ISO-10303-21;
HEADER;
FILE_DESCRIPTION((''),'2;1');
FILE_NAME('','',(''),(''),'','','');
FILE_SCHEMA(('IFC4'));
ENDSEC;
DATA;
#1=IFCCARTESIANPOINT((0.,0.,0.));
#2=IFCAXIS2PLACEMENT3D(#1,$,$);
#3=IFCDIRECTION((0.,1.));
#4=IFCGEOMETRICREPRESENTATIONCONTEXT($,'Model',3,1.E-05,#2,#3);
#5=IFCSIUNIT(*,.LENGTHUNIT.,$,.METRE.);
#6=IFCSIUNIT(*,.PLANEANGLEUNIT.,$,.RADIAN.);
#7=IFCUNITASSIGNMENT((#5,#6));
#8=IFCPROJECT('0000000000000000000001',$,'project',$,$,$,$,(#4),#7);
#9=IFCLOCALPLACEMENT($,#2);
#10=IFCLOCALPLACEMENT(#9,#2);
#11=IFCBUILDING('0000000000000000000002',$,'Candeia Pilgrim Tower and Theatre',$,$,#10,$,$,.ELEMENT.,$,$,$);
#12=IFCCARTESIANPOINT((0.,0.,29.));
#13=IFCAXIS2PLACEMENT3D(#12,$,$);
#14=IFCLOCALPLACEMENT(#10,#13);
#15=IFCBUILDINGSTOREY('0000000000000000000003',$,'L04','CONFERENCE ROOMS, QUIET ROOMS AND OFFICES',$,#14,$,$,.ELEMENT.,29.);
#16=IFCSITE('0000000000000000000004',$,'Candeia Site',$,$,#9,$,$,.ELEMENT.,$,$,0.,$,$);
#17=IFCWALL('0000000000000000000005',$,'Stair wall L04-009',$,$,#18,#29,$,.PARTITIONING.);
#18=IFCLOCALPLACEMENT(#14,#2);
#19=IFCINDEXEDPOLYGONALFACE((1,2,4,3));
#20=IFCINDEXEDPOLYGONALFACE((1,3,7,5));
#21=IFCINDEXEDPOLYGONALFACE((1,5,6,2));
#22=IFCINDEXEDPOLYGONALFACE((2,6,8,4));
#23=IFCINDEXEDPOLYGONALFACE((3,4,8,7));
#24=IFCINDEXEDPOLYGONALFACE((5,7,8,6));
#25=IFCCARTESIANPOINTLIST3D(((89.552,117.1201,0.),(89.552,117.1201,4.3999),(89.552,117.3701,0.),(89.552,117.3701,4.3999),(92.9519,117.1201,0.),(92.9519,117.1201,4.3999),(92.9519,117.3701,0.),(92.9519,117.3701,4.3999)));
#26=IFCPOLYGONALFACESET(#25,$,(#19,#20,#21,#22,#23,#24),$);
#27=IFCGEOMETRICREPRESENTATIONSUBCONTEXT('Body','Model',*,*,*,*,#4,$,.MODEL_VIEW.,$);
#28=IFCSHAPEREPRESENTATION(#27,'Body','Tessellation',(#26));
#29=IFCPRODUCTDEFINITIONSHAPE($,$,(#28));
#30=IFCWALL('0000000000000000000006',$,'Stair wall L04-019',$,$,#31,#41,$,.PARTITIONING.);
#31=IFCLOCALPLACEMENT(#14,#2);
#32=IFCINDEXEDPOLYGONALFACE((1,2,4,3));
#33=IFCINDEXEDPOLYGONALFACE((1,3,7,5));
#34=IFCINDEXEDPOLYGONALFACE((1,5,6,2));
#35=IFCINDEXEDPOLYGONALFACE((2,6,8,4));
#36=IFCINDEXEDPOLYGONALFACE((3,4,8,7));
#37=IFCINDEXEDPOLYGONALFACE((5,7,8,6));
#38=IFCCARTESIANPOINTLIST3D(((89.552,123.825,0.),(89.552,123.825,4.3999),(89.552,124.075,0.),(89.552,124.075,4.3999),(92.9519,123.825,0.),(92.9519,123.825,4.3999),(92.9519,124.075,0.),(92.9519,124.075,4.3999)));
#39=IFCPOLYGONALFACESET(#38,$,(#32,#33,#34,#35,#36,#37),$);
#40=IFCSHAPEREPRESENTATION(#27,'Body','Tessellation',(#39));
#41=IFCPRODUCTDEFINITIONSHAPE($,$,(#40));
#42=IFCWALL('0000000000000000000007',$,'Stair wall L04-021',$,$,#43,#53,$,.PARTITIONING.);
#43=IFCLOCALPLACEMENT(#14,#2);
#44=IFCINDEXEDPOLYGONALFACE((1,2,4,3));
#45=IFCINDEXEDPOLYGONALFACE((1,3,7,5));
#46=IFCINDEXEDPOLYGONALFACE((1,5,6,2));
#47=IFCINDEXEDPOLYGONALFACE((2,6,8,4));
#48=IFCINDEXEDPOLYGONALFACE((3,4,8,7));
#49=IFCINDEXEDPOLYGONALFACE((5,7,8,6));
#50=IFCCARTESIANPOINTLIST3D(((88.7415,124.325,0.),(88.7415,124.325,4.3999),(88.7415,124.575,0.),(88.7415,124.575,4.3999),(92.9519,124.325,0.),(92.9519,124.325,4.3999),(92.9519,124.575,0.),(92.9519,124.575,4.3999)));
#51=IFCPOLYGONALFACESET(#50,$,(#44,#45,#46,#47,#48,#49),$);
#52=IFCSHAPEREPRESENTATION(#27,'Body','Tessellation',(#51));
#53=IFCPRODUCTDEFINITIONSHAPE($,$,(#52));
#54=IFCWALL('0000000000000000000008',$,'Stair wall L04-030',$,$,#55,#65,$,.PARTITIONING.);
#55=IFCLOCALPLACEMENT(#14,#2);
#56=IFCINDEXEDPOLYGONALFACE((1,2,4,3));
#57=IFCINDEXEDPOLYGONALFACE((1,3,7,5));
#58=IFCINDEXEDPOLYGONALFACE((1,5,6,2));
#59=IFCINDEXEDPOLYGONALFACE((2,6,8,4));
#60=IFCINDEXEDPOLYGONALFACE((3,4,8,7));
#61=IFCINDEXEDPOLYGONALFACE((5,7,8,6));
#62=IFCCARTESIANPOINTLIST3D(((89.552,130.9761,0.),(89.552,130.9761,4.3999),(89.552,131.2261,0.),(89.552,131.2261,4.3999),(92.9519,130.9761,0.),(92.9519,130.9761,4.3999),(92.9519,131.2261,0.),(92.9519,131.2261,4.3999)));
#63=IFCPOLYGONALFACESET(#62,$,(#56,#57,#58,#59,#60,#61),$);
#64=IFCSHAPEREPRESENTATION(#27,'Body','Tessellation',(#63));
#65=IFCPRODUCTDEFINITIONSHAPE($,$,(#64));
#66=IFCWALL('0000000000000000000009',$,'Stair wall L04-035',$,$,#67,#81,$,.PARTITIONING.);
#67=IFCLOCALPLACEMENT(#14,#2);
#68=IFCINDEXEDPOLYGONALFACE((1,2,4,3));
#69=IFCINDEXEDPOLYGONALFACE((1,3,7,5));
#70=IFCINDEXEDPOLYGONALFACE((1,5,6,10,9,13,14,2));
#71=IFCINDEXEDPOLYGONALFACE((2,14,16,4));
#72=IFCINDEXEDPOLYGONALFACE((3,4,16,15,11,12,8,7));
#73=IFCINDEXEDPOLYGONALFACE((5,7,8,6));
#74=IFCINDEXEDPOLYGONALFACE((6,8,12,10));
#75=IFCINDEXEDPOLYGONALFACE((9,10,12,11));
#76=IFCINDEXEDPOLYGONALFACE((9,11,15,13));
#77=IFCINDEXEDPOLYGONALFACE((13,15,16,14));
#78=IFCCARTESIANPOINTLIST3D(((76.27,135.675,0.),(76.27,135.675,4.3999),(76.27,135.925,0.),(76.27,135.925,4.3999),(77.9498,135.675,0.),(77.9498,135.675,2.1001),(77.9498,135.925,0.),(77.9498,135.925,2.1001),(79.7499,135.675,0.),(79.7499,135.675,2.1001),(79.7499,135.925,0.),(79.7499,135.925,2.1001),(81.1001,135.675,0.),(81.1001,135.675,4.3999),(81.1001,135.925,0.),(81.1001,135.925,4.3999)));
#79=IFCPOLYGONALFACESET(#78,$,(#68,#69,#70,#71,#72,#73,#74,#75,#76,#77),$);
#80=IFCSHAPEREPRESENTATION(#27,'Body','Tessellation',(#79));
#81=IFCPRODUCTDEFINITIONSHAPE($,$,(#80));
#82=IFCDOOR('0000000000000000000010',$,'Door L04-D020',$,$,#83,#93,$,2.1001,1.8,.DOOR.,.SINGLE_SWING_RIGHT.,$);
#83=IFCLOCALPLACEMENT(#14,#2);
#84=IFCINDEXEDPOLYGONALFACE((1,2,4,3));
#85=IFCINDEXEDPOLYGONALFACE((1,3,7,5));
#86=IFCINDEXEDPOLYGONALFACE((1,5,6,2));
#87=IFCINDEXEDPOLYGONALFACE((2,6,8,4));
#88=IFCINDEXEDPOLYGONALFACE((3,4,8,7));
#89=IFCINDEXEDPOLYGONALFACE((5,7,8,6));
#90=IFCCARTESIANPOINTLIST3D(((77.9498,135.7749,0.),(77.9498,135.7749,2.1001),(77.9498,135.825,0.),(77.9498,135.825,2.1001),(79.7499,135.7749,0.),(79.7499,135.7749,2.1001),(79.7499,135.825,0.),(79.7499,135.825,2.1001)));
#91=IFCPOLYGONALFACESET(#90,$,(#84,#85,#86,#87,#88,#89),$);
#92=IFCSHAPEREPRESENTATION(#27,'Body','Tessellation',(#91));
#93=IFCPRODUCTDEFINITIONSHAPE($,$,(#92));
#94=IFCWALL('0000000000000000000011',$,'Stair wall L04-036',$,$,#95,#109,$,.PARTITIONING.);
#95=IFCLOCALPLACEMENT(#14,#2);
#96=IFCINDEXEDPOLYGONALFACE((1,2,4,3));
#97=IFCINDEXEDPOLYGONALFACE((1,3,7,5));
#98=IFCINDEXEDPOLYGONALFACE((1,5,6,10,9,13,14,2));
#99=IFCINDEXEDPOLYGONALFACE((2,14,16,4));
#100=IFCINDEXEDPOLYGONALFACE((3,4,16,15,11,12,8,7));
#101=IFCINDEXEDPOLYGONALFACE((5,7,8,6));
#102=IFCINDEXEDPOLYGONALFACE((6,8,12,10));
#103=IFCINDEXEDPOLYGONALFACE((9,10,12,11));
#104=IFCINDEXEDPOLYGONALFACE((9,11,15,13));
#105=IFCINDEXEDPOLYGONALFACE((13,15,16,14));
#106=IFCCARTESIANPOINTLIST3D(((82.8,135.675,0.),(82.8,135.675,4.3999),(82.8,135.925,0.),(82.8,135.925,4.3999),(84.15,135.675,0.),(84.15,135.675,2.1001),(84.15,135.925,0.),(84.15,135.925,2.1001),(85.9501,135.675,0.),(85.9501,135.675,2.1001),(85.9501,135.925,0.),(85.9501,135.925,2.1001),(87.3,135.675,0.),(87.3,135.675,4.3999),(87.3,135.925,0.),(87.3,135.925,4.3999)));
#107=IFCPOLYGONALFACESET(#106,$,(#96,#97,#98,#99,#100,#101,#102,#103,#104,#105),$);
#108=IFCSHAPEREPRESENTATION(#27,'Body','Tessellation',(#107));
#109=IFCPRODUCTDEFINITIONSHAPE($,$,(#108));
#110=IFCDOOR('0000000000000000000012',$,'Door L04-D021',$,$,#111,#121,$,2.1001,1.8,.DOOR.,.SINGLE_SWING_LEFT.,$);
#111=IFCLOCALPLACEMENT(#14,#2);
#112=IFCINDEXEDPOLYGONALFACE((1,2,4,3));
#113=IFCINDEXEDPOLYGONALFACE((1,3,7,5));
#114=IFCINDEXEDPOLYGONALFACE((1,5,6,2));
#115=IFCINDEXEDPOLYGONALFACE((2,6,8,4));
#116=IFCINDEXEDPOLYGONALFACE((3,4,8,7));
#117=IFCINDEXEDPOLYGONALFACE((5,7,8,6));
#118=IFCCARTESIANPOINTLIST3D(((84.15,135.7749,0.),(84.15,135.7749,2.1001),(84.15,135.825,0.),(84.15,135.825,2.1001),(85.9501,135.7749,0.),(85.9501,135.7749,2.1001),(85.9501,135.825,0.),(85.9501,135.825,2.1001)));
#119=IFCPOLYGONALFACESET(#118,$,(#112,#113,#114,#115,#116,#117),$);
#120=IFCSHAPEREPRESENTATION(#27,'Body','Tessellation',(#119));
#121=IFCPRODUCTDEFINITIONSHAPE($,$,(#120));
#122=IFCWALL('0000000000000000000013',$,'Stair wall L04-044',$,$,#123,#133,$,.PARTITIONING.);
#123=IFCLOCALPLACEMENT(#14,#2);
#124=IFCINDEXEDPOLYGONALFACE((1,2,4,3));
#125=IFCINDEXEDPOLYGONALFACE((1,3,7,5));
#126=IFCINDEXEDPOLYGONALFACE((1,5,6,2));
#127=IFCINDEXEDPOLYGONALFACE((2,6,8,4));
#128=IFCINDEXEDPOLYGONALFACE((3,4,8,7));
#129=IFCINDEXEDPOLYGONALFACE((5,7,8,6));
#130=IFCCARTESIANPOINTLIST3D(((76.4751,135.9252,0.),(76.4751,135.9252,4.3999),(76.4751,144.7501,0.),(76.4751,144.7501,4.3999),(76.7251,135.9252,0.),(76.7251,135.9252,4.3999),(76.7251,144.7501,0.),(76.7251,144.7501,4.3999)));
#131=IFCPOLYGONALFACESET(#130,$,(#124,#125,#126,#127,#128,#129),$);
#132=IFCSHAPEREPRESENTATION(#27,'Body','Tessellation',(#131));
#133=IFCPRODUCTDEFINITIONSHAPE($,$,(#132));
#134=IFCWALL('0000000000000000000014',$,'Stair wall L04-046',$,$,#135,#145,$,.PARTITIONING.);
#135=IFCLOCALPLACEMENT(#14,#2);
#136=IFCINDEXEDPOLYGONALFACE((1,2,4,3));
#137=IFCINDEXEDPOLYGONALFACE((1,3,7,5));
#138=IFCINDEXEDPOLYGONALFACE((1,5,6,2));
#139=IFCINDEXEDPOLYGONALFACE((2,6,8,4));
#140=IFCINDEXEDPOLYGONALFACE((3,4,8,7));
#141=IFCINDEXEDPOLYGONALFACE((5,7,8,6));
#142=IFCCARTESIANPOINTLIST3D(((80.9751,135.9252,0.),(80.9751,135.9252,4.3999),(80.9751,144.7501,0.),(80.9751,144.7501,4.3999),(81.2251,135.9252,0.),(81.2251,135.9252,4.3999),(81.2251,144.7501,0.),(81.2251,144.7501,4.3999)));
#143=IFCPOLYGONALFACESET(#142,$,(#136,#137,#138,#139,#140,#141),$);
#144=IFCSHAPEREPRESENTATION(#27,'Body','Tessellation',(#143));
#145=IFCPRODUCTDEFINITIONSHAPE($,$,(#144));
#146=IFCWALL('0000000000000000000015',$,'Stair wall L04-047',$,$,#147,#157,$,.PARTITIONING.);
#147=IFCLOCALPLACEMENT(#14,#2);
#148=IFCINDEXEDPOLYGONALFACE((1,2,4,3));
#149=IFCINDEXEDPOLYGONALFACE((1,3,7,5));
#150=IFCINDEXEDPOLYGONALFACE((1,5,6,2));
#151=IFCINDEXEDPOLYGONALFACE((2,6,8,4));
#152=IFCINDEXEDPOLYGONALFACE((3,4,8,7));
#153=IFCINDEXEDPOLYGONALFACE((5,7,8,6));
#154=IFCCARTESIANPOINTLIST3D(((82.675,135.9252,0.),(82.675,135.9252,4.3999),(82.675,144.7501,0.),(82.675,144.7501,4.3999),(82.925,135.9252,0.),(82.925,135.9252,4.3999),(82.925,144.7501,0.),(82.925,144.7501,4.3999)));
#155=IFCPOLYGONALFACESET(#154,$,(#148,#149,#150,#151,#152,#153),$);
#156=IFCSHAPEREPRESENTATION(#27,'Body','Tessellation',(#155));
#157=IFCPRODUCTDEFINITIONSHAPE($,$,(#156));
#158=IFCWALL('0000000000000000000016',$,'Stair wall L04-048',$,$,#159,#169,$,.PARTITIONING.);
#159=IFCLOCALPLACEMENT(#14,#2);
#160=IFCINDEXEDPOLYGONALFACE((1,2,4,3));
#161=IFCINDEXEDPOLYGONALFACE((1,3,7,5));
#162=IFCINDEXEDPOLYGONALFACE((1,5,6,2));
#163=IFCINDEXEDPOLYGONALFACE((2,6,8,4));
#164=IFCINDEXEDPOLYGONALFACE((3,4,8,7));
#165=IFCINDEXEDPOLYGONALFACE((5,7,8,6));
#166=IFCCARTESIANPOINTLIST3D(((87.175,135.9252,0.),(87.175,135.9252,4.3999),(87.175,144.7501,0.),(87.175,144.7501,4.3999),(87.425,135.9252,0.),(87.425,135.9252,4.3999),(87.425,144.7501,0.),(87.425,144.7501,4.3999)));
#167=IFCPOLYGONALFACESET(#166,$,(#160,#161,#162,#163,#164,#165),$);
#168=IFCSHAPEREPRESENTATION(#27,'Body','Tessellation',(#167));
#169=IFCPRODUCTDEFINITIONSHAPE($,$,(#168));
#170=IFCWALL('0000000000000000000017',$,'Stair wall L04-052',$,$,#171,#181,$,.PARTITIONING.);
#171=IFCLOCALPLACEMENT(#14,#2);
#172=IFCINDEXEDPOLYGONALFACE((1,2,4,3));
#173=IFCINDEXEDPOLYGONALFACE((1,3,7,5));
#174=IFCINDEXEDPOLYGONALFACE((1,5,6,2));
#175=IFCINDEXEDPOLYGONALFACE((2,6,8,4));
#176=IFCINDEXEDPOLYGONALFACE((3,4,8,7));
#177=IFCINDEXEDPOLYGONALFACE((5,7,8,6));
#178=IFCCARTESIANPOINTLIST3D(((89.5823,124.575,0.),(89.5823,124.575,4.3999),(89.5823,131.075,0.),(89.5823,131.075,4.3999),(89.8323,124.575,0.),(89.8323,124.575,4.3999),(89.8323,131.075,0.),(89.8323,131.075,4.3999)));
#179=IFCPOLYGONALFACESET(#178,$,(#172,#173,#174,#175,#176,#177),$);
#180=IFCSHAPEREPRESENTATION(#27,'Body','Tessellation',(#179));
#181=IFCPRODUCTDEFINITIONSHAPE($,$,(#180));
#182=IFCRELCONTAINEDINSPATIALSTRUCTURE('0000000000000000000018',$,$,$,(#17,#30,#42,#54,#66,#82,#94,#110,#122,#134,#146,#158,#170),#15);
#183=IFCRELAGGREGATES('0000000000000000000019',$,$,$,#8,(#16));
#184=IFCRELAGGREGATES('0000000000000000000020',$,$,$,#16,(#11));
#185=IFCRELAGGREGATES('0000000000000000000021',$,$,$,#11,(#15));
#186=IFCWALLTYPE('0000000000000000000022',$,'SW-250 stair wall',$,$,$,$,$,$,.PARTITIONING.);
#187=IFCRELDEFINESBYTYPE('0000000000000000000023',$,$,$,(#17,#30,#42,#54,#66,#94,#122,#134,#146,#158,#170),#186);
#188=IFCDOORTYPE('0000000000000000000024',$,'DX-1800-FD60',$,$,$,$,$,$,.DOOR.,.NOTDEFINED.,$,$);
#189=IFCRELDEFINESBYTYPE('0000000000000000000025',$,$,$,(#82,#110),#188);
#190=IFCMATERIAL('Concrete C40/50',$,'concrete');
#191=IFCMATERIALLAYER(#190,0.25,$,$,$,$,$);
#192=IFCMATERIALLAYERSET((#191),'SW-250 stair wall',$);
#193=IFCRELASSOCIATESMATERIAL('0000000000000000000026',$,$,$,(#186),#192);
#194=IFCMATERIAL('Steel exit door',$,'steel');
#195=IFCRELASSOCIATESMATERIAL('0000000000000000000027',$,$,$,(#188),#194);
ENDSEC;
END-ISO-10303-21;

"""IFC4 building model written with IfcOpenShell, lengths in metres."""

from ifc_helpers import new_model, si_unit, direction, frame, frame_2d, origin, place, context, subcontext, project, spatial, rectangle, extrude, material, layer, layer_set, type_object, element, fill, save


model = new_model("IFC4")

# Units and contexts
model_context = context("Model", 3, precision=1e-05, world=origin(), true_north=direction((0.0, 1.0)))
body_context = subcontext(model_context, "Body", "Model", "MODEL_VIEW")
ifc_project = project(units=[si_unit("LENGTHUNIT", "METRE"), si_unit("PLANEANGLEUNIT", "RADIAN")], contexts=[model_context])

# Site, building, storey
site_placement = place(None, origin())
site = spatial("IfcSite", under=ifc_project, at=site_placement, Name="Candeia Site", CompositionType="ELEMENT", RefElevation=0.0)
building_placement = place(site_placement, origin())
building = spatial("IfcBuilding", under=site, at=building_placement, Name="Candeia Pilgrim Tower and Theatre", CompositionType="ELEMENT")
storey_placement = place(building_placement, frame((0.0, 0.0, 29.0)))
storey = spatial("IfcBuildingStorey", under=building, at=storey_placement, Name="L04", Description="CONFERENCE ROOMS, QUIET ROOMS AND OFFICES", CompositionType="ELEMENT", Elevation=29.0)

# Walls
ifc_material_1 = material(Name="Concrete C40/50", Category="concrete")
ifc_layer_1 = layer(ifc_material_1, 0.25)
ifc_layer_set_1 = layer_set([ifc_layer_1], Name="SW-250 stair wall")
wall_type_1 = type_object("IfcWallType", Name="SW-250 stair wall", PredefinedType="PARTITIONING", material=ifc_layer_set_1)
for number, where, z_axis, x_axis, name in (
    (1, (89.552, 117.2451, 0.0), (0.0, 0.0, 1.0), (1.0, 0.0, 0.0), "Stair wall L04-009"),
    (2, (89.552, 123.95, 0.0), (0.0, 0.0, 1.0), (1.0, 0.0, 0.0), "Stair wall L04-019"),
):
    element("IfcWall", number, at=place(storey_placement, frame(where, z_axis=z_axis, x_axis=x_axis)), inside=storey, type_object=wall_type_1, Name=name, PredefinedType="PARTITIONING", context=body_context, shape_type="SweptSolid", body=[
        extrude(rectangle(XDim=3.3999, YDim=0.25, at=frame_2d((1.7, 0.0))), origin(), (0.0, 0.0, 1.0), 4.3999),
    ])
wall_1_placement = place(storey_placement, frame((88.7415, 124.45, 0.0), z_axis=(0.0, 0.0, 1.0), x_axis=(1.0, 0.0, 0.0)))
element("IfcWall", 3, at=wall_1_placement, inside=storey, type_object=wall_type_1, Name="Stair wall L04-021", PredefinedType="PARTITIONING", context=body_context, shape_type="SweptSolid", body=[
    extrude(rectangle(XDim=4.2104, YDim=0.25, at=frame_2d((2.1052, 0.0))), origin(), (0.0, 0.0, 1.0), 4.3999),
])
wall_2_placement = place(storey_placement, frame((89.552, 131.1011, 0.0), z_axis=(0.0, 0.0, 1.0), x_axis=(1.0, 0.0, 0.0)))
element("IfcWall", 4, at=wall_2_placement, inside=storey, type_object=wall_type_1, Name="Stair wall L04-030", PredefinedType="PARTITIONING", context=body_context, shape_type="SweptSolid", body=[
    extrude(rectangle(XDim=3.3999, YDim=0.25, at=frame_2d((1.7, 0.0))), origin(), (0.0, 0.0, 1.0), 4.3999),
])

# Walls, openings, doors
wall_3_placement = place(storey_placement, frame((76.27, 135.8, 0.0), z_axis=(0.0, 0.0, 1.0), x_axis=(1.0, 0.0, 0.0)))
wall_3 = element("IfcWall", 5, at=wall_3_placement, inside=storey, type_object=wall_type_1, Name="Stair wall L04-035", PredefinedType="PARTITIONING", context=body_context, shape_type="SweptSolid", body=[
    extrude(rectangle(XDim=4.8301, YDim=0.25, at=frame_2d((2.415, 0.0))), origin(), (0.0, 0.0, 1.0), 4.3999),
])
opening_1_placement = place(wall_3_placement, frame((1.6799, 0.0, 0.0)))
opening_1 = element("IfcOpeningElement", 6, at=opening_1_placement, cuts=wall_3, PredefinedType="OPENING", context=body_context, shape_type="SweptSolid", body=[
    extrude(rectangle(XDim=1.8, YDim=2.1001, at=frame_2d((0.8999, 1.05))), frame((0.0, 0.135, 0.0), z_axis=(0.0, -1.0, 0.0), x_axis=(1.0, 0.0, 0.0)), (0.0, 0.0, 1.0), 0.27),
])
ifc_material_2 = material(Name="Steel exit door", Category="steel")
door_type_1 = type_object("IfcDoorType", Name="DX-1800-FD60", OperationType="NOTDEFINED", PredefinedType="DOOR", material=ifc_material_2)
door_1_placement = place(opening_1_placement, origin())
door_1 = element("IfcDoor", 7, at=door_1_placement, inside=storey, type_object=door_type_1, Name="Door L04-D020", OperationType="SINGLE_SWING_RIGHT", OverallHeight=2.1001, OverallWidth=1.8, PredefinedType="DOOR", context=body_context, shape_type="SweptSolid", body=[
    extrude(rectangle(XDim=1.8, YDim=2.1001, at=frame_2d((0.8999, 1.05))), frame((0.0, 0.0249, 0.0), z_axis=(0.0, -1.0, 0.0), x_axis=(1.0, 0.0, 0.0)), (0.0, 0.0, 1.0), 0.05),
])
fill(opening_1, door_1)
wall_4_placement = place(storey_placement, frame((82.8, 135.8, 0.0), z_axis=(0.0, 0.0, 1.0), x_axis=(1.0, 0.0, 0.0)))
wall_4 = element("IfcWall", 8, at=wall_4_placement, inside=storey, type_object=wall_type_1, Name="Stair wall L04-036", PredefinedType="PARTITIONING", context=body_context, shape_type="SweptSolid", body=[
    extrude(rectangle(XDim=4.5, YDim=0.25, at=frame_2d((2.25, 0.0))), origin(), (0.0, 0.0, 1.0), 4.3999),
])
opening_2_placement = place(wall_4_placement, frame((1.3501, 0.0, 0.0)))
opening_2 = element("IfcOpeningElement", 9, at=opening_2_placement, cuts=wall_4, PredefinedType="OPENING", context=body_context, shape_type="SweptSolid", body=[
    extrude(rectangle(XDim=1.8, YDim=2.1001, at=frame_2d((0.8999, 1.05))), frame((0.0, 0.135, 0.0), z_axis=(0.0, -1.0, 0.0), x_axis=(1.0, 0.0, 0.0)), (0.0, 0.0, 1.0), 0.27),
])
door_2_placement = place(opening_2_placement, origin())
door_2 = element("IfcDoor", 10, at=door_2_placement, inside=storey, type_object=door_type_1, Name="Door L04-D021", OperationType="SINGLE_SWING_LEFT", OverallHeight=2.1001, OverallWidth=1.8, PredefinedType="DOOR", context=body_context, shape_type="SweptSolid", body=[
    extrude(rectangle(XDim=1.8, YDim=2.1001, at=frame_2d((0.8999, 1.05))), frame((0.0, 0.0249, 0.0), z_axis=(0.0, -1.0, 0.0), x_axis=(1.0, 0.0, 0.0)), (0.0, 0.0, 1.0), 0.05),
])
fill(opening_2, door_2)

# Walls
for number, where, z_axis, x_axis, name in (
    (11, (76.6001, 135.925, 0.0), (0.0, 0.0, 1.0), (0.0, 1.0, 0.0), "Stair wall L04-044"),
    (12, (81.1001, 135.925, 0.0), (0.0, 0.0, 1.0), (0.0, 1.0, 0.0), "Stair wall L04-046"),
    (13, (82.8, 135.925, 0.0), (0.0, 0.0, 1.0), (0.0, 1.0, 0.0), "Stair wall L04-047"),
    (14, (87.3, 135.925, 0.0), (0.0, 0.0, 1.0), (0.0, 1.0, 0.0), "Stair wall L04-048"),
):
    element("IfcWall", number, at=place(storey_placement, frame(where, z_axis=z_axis, x_axis=x_axis)), inside=storey, type_object=wall_type_1, Name=name, PredefinedType="PARTITIONING", context=body_context, shape_type="SweptSolid", body=[
        extrude(rectangle(XDim=8.825, YDim=0.25, at=frame_2d((4.4126, 0.0))), origin(), (0.0, 0.0, 1.0), 4.3999),
    ])
wall_5_placement = place(storey_placement, frame((89.7073, 124.575, 0.0), z_axis=(0.0, 0.0, 1.0), x_axis=(0.0, 1.0, 0.0)))
element("IfcWall", 15, at=wall_5_placement, inside=storey, type_object=wall_type_1, Name="Stair wall L04-052", PredefinedType="PARTITIONING", context=body_context, shape_type="SweptSolid", body=[
    extrude(rectangle(XDim=6.5, YDim=0.25, at=frame_2d((3.25, 0.0))), origin(), (0.0, 0.0, 1.0), 4.3999),
])

save(model, "model.ifc")
